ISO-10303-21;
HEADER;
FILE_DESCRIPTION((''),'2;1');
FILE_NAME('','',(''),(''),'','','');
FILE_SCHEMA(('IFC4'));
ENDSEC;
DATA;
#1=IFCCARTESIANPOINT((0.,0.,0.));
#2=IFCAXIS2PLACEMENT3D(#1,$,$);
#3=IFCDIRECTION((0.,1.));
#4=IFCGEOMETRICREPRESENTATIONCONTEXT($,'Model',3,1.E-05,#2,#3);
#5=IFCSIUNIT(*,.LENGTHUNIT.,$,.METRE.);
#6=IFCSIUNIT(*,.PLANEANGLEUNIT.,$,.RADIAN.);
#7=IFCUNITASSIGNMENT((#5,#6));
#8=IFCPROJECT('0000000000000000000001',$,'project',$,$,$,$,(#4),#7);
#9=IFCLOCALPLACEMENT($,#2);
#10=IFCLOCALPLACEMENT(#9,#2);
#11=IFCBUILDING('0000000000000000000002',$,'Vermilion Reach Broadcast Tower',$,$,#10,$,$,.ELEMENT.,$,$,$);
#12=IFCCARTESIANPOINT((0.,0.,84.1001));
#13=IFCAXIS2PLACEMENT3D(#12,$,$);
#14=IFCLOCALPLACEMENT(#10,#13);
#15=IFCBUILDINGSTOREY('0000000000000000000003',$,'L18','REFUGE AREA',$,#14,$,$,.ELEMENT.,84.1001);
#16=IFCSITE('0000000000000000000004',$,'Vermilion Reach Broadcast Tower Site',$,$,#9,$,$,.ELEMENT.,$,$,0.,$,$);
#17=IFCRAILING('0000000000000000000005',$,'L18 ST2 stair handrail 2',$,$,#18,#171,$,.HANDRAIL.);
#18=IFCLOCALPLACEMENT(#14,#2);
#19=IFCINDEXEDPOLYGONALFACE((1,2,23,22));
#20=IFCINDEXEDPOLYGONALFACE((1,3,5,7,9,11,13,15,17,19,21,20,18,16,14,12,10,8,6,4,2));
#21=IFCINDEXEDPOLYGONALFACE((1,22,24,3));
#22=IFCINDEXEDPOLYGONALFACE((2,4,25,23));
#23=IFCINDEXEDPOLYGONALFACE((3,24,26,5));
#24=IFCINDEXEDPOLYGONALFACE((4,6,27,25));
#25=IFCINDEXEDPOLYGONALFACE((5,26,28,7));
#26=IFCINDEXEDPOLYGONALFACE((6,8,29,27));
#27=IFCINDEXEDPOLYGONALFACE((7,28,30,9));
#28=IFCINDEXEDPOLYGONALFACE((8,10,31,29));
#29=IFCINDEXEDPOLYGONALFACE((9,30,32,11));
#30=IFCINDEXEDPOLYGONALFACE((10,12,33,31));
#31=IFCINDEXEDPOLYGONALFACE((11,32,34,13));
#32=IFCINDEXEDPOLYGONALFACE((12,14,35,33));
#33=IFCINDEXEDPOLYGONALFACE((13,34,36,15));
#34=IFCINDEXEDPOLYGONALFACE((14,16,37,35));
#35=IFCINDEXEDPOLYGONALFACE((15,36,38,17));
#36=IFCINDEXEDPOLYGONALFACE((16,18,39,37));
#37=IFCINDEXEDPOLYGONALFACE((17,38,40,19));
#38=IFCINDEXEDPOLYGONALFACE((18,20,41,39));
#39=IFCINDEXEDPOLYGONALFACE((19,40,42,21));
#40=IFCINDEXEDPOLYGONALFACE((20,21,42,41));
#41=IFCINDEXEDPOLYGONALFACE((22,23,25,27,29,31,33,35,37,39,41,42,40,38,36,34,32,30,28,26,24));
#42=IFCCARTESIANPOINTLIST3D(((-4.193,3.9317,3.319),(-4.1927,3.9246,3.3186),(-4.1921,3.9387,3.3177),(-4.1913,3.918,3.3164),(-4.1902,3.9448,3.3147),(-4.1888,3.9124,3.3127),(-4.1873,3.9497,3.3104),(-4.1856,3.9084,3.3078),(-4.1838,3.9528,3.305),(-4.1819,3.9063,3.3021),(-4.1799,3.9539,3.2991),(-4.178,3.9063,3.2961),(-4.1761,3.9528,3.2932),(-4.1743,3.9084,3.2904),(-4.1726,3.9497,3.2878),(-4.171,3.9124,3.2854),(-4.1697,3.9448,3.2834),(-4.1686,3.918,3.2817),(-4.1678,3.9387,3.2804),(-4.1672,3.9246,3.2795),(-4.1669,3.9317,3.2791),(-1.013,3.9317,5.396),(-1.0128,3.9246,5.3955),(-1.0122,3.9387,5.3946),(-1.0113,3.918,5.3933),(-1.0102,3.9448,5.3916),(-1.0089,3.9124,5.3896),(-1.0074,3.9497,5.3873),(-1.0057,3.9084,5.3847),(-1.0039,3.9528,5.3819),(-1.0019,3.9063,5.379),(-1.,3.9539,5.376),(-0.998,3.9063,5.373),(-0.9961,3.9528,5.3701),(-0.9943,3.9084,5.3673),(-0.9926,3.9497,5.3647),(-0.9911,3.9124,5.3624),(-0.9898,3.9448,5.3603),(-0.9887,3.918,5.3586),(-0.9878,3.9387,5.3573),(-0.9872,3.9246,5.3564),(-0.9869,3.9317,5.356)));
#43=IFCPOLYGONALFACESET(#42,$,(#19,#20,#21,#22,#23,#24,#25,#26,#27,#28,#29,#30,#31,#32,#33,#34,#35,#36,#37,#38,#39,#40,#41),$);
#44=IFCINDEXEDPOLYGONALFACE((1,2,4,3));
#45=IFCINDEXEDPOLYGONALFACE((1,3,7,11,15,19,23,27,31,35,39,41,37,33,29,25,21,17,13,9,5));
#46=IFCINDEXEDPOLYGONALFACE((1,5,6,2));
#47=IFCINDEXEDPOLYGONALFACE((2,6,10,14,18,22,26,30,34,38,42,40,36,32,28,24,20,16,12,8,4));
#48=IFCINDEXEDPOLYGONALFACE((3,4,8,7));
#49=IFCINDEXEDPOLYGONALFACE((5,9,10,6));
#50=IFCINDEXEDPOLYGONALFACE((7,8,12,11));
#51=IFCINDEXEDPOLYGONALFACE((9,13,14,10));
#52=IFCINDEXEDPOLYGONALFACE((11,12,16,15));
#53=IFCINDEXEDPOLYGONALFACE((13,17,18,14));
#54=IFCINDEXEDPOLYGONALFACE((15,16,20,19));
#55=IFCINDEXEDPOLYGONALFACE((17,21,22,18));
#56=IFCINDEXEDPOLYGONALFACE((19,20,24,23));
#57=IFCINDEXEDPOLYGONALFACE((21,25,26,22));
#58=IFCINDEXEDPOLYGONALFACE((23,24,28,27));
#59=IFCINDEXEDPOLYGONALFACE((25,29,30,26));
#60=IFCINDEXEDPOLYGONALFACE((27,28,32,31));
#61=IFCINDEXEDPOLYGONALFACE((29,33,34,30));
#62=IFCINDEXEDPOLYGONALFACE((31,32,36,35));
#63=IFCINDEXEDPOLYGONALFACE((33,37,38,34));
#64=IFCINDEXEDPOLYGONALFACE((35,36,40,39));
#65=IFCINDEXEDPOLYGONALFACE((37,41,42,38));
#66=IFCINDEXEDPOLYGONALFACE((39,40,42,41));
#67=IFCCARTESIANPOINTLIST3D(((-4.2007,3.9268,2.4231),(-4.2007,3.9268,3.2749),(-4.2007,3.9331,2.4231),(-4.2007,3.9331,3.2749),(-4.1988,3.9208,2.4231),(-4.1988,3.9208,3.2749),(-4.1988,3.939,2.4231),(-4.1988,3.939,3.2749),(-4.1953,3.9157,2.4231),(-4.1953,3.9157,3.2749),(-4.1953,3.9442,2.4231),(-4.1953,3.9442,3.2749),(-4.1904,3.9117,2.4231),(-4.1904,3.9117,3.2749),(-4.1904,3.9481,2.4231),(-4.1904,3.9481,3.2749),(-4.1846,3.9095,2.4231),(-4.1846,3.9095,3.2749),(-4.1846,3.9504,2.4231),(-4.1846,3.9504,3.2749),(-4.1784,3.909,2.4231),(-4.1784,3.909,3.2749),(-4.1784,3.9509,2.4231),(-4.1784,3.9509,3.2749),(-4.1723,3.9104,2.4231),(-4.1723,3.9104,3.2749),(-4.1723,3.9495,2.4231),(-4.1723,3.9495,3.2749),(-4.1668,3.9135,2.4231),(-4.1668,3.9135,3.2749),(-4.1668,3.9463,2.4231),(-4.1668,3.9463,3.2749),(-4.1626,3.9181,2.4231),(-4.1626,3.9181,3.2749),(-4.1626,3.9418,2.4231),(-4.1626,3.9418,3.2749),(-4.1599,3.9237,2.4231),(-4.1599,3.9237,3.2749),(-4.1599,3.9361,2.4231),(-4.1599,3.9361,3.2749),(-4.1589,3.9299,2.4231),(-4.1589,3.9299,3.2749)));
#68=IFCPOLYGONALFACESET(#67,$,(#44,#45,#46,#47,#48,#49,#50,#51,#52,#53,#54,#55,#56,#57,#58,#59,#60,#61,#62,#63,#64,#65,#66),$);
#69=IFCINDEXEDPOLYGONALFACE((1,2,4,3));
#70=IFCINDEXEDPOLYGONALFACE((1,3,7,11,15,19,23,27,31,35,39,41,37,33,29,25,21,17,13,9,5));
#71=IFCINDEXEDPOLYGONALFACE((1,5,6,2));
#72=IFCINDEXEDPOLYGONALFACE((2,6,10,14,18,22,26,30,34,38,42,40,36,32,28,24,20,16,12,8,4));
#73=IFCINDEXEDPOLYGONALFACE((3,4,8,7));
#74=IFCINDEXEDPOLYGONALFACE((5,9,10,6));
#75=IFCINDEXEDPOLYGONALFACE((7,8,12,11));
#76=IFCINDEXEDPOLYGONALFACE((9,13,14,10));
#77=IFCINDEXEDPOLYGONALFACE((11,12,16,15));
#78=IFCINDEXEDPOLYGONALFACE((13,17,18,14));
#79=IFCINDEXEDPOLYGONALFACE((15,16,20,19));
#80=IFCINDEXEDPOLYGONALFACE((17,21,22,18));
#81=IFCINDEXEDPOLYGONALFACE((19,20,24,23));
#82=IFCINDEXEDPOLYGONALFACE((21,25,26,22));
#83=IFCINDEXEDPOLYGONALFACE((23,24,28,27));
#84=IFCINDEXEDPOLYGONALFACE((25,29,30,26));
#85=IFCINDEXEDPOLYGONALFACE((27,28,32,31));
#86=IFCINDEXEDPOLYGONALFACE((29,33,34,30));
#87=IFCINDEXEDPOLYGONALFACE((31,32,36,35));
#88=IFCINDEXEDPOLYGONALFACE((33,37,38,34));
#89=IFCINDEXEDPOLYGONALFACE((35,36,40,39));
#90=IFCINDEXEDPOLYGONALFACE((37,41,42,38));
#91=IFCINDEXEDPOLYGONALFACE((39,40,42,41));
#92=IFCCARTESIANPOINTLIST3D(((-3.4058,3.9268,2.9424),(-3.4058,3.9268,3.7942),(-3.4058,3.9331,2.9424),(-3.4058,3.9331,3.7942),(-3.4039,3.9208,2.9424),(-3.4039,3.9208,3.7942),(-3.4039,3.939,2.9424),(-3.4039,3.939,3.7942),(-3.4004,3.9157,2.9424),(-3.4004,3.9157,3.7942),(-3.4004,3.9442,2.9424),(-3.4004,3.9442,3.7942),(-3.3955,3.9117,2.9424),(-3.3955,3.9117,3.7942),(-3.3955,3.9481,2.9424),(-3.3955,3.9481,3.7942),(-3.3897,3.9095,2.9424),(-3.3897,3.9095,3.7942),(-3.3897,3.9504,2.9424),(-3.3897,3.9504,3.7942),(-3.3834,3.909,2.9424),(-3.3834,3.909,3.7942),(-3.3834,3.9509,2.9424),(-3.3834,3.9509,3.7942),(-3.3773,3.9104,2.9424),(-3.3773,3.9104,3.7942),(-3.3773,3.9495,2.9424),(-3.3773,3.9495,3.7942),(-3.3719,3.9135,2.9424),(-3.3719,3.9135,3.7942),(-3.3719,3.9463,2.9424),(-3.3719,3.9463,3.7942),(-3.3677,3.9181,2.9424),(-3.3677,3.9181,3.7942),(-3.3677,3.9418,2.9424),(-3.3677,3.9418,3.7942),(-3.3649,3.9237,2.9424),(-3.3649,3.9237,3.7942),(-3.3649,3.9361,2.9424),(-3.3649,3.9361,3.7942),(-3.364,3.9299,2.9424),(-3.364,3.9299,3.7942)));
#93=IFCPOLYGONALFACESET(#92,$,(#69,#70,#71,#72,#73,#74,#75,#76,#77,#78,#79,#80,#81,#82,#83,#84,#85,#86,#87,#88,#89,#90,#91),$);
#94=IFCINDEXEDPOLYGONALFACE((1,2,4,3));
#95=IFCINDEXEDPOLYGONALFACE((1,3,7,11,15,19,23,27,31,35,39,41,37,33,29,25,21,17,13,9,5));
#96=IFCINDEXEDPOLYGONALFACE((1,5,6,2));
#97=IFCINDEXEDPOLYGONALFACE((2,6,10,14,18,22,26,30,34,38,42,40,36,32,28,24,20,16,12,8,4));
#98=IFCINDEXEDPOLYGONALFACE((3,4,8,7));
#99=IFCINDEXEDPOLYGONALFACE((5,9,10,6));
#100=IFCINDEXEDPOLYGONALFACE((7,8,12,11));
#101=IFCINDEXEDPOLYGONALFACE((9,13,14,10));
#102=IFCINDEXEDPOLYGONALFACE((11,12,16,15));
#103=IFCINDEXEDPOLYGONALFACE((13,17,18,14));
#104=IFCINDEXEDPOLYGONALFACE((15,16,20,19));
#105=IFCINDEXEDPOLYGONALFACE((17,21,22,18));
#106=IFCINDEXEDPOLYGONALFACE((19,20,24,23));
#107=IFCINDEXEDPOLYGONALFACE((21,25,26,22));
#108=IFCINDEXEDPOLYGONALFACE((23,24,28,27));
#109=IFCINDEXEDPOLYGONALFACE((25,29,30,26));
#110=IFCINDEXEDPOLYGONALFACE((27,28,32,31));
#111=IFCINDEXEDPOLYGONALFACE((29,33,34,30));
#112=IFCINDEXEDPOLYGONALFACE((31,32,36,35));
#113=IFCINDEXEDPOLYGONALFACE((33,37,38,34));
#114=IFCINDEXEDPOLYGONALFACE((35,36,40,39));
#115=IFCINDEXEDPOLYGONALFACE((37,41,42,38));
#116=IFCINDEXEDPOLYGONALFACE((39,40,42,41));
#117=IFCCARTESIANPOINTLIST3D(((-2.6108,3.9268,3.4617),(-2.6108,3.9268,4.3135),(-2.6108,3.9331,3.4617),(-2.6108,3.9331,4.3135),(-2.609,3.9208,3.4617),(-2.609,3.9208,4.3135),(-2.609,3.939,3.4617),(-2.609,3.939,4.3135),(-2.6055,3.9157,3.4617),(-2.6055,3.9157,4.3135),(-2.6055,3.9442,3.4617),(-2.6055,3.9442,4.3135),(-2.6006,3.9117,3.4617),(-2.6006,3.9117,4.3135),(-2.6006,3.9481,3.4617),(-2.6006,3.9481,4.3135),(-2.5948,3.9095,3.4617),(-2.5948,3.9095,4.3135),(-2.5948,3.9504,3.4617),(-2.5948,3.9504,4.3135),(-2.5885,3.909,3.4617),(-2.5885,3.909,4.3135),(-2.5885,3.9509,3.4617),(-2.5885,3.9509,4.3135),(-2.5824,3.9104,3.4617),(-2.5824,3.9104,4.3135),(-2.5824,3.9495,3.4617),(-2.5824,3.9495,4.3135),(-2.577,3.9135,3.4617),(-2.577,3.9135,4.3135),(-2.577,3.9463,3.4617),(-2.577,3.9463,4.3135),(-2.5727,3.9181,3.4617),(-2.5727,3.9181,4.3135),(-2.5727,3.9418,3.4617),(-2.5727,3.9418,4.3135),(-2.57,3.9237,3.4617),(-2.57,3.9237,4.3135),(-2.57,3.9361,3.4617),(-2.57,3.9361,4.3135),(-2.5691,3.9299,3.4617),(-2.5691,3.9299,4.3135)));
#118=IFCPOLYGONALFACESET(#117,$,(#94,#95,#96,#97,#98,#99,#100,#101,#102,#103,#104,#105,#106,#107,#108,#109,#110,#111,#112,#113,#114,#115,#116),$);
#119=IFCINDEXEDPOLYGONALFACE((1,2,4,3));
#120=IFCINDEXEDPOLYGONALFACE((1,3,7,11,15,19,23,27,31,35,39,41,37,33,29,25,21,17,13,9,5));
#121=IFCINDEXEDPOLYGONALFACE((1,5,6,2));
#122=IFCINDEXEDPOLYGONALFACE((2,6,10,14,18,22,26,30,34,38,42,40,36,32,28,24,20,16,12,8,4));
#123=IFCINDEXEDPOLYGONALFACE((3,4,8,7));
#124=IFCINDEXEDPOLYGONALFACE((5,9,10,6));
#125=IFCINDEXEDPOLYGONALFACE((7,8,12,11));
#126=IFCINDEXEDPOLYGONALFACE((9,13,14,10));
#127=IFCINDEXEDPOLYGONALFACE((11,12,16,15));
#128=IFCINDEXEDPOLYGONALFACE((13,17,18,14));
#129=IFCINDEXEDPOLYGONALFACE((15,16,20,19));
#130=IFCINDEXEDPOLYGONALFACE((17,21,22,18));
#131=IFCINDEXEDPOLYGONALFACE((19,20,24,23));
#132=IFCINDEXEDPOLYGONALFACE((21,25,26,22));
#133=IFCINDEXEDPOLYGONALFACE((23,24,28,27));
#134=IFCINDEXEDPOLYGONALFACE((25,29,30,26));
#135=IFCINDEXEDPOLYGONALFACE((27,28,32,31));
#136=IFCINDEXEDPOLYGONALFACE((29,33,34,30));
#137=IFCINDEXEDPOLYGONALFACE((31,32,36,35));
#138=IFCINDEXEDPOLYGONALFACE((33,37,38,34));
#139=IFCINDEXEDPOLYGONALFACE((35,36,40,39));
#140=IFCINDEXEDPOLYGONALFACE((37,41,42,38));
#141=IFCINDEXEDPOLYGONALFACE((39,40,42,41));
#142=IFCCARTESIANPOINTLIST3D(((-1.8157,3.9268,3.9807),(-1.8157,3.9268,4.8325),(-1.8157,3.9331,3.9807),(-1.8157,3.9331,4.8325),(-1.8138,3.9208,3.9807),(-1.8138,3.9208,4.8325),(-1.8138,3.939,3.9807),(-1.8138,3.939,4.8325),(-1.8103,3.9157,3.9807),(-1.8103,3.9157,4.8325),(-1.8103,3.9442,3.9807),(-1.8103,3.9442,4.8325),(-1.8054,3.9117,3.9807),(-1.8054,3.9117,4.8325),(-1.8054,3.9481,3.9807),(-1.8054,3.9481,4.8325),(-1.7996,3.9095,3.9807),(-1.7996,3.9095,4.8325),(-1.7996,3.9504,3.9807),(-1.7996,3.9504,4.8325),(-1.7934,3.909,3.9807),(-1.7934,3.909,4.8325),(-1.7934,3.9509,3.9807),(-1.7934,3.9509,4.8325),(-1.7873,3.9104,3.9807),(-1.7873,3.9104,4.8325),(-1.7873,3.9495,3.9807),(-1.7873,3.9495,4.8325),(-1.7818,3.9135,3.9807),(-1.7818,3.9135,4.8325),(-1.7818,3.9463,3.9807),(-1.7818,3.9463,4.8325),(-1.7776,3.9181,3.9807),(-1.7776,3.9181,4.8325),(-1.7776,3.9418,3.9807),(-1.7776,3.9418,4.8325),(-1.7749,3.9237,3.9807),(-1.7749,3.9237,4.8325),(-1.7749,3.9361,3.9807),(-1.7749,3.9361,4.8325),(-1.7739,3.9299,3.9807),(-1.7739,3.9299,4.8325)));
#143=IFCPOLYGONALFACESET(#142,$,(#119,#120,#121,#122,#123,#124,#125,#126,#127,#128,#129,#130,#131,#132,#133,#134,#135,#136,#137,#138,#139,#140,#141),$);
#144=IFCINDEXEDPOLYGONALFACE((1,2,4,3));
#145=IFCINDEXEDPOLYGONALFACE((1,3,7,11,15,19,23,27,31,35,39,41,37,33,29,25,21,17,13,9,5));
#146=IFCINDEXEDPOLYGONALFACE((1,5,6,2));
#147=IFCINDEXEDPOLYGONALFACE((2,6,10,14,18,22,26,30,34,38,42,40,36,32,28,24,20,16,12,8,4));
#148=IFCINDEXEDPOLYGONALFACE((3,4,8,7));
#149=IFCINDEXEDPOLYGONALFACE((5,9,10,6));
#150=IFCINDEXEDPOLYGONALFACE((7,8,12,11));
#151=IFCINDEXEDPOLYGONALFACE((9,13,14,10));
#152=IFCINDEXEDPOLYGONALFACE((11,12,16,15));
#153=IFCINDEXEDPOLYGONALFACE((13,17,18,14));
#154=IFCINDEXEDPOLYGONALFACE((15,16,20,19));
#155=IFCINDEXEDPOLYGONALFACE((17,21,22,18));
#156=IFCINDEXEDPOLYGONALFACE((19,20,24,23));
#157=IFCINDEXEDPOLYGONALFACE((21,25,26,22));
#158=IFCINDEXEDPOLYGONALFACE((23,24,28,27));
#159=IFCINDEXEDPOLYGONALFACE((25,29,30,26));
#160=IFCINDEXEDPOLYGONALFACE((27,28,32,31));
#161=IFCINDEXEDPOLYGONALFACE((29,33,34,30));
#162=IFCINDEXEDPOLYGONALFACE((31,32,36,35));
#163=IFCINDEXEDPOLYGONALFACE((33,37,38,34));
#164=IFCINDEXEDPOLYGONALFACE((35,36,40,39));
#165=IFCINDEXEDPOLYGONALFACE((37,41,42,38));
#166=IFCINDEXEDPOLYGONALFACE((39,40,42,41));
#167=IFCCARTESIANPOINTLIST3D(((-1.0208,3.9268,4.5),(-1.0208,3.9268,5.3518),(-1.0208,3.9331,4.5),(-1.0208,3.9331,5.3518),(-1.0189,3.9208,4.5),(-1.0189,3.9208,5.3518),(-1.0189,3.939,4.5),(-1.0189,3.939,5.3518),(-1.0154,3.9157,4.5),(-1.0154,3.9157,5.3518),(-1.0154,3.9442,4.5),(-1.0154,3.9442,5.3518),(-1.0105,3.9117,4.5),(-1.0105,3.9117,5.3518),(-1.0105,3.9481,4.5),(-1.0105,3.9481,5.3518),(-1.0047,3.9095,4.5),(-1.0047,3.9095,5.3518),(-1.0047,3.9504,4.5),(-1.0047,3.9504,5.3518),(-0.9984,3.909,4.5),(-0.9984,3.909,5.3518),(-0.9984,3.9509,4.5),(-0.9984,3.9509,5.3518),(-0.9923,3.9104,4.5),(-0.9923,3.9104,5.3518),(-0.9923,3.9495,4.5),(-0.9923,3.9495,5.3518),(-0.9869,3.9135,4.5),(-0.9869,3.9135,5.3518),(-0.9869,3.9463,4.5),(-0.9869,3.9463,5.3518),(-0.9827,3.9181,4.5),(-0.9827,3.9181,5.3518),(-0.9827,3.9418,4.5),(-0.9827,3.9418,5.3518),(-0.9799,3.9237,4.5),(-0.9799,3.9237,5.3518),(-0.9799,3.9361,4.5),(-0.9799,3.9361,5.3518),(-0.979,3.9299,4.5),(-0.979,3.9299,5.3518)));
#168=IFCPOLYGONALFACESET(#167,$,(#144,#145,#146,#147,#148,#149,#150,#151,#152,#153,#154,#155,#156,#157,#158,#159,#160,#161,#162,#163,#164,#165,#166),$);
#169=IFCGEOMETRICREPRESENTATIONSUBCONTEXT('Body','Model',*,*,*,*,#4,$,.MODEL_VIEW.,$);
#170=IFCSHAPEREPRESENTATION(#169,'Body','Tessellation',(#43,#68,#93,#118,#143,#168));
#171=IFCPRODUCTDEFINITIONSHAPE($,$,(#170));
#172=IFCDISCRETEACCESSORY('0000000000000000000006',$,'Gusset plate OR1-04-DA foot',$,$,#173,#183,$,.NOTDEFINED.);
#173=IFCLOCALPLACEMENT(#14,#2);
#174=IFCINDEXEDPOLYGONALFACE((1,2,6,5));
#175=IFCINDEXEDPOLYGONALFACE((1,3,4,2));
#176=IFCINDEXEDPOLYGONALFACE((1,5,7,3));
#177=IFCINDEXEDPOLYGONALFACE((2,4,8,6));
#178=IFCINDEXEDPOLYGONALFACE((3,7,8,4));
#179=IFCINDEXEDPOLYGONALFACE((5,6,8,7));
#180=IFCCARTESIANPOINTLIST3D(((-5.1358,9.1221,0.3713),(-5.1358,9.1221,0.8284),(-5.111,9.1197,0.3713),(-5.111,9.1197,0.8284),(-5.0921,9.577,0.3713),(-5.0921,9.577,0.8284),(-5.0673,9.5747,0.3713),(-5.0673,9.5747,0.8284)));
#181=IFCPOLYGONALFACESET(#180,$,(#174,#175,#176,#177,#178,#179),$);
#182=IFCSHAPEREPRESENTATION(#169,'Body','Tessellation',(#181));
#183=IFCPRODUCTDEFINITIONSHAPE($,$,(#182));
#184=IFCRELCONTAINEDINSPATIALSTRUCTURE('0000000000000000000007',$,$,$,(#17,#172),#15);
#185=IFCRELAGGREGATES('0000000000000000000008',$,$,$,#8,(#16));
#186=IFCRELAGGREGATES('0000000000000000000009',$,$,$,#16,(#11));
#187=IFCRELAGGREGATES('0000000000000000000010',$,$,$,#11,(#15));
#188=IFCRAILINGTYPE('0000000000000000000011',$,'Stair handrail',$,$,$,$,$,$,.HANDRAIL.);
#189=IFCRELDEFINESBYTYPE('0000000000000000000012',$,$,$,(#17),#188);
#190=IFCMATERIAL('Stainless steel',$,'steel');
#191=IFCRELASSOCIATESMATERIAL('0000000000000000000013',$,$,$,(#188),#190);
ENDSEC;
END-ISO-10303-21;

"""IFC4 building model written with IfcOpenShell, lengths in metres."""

from ifc_helpers import new_model, si_unit, direction, frame, origin, origin_2d, place, context, subcontext, project, spatial, rectangle, circle, extrude, material, type_object, element, save


model = new_model("IFC4")

# Units and contexts
model_context = context("Model", 3, precision=1e-05, world=origin(), true_north=direction((0.0, 1.0)))
body_context = subcontext(model_context, "Body", "Model", "MODEL_VIEW")
ifc_project = project(units=[si_unit("LENGTHUNIT", "METRE"), si_unit("PLANEANGLEUNIT", "RADIAN")], contexts=[model_context])

# Site, building, storey
site_placement = place(None, origin())
site = spatial("IfcSite", under=ifc_project, at=site_placement, Name="Vermilion Reach Broadcast Tower Site", CompositionType="ELEMENT", RefElevation=0.0)
building_placement = place(site_placement, origin())
building = spatial("IfcBuilding", under=site, at=building_placement, Name="Vermilion Reach Broadcast Tower", CompositionType="ELEMENT")
storey_placement = place(building_placement, frame((0.0, 0.0, 84.1001)))
storey = spatial("IfcBuildingStorey", under=building, at=storey_placement, Name="L18", Description="REFUGE AREA", CompositionType="ELEMENT", Elevation=84.1001)

# Railing
ifc_material_1 = material(Name="Stainless steel", Category="steel")
railing_type_1 = type_object("IfcRailingType", Name="Stair handrail", PredefinedType="HANDRAIL", material=ifc_material_1)
railing_1_placement = place(storey_placement, frame((-4.1799, 3.9299, 2.4231)))
element("IfcRailing", 1, at=railing_1_placement, inside=storey, type_object=railing_type_1, Name="L18 ST2 stair handrail 2", PredefinedType="HANDRAIL", context=body_context, shape_type="SweptSolid", body=[
    extrude(circle(Radius=0.0239, at=origin_2d()), frame((0.0, 0.0, 0.876), z_axis=(0.837245, 0.0, 0.546828), x_axis=(0.0, 1.0, 0.0)), (0.0, 0.0, 1.0), 3.7981),
    extrude(circle(Radius=0.021, at=origin_2d()), origin(), (0.0, 0.0, 1.0), 0.8518),
    extrude(circle(Radius=0.021, at=origin_2d()), frame((0.7949, 0.0, 0.5193)), (0.0, 0.0, 1.0), 0.8518),
    extrude(circle(Radius=0.021, at=origin_2d()), frame((1.5898, 0.0, 1.0386)), (0.0, 0.0, 1.0), 0.8518),
    extrude(circle(Radius=0.021, at=origin_2d()), frame((2.385, 0.0, 1.5576)), (0.0, 0.0, 1.0), 0.8518),
    extrude(circle(Radius=0.021, at=origin_2d()), frame((3.1799, 0.0, 2.0769)), (0.0, 0.0, 1.0), 0.8518),
])

# Discrete accessory
discrete_accessory_placement = place(storey_placement, frame((-5.1016, 9.3484, 0.3713), z_axis=(0.0, 0.0, 1.0), x_axis=(-0.995413, 0.095673, 0.0)))
element("IfcDiscreteAccessory", 2, at=discrete_accessory_placement, inside=storey, Name="Gusset plate OR1-04-DA foot", PredefinedType="NOTDEFINED", context=body_context, shape_type="SweptSolid", body=[
    extrude(rectangle(XDim=0.0249, YDim=0.457, at=origin_2d()), origin(), (0.0, 0.0, 1.0), 0.457),
])

save(model, "model.ifc")
